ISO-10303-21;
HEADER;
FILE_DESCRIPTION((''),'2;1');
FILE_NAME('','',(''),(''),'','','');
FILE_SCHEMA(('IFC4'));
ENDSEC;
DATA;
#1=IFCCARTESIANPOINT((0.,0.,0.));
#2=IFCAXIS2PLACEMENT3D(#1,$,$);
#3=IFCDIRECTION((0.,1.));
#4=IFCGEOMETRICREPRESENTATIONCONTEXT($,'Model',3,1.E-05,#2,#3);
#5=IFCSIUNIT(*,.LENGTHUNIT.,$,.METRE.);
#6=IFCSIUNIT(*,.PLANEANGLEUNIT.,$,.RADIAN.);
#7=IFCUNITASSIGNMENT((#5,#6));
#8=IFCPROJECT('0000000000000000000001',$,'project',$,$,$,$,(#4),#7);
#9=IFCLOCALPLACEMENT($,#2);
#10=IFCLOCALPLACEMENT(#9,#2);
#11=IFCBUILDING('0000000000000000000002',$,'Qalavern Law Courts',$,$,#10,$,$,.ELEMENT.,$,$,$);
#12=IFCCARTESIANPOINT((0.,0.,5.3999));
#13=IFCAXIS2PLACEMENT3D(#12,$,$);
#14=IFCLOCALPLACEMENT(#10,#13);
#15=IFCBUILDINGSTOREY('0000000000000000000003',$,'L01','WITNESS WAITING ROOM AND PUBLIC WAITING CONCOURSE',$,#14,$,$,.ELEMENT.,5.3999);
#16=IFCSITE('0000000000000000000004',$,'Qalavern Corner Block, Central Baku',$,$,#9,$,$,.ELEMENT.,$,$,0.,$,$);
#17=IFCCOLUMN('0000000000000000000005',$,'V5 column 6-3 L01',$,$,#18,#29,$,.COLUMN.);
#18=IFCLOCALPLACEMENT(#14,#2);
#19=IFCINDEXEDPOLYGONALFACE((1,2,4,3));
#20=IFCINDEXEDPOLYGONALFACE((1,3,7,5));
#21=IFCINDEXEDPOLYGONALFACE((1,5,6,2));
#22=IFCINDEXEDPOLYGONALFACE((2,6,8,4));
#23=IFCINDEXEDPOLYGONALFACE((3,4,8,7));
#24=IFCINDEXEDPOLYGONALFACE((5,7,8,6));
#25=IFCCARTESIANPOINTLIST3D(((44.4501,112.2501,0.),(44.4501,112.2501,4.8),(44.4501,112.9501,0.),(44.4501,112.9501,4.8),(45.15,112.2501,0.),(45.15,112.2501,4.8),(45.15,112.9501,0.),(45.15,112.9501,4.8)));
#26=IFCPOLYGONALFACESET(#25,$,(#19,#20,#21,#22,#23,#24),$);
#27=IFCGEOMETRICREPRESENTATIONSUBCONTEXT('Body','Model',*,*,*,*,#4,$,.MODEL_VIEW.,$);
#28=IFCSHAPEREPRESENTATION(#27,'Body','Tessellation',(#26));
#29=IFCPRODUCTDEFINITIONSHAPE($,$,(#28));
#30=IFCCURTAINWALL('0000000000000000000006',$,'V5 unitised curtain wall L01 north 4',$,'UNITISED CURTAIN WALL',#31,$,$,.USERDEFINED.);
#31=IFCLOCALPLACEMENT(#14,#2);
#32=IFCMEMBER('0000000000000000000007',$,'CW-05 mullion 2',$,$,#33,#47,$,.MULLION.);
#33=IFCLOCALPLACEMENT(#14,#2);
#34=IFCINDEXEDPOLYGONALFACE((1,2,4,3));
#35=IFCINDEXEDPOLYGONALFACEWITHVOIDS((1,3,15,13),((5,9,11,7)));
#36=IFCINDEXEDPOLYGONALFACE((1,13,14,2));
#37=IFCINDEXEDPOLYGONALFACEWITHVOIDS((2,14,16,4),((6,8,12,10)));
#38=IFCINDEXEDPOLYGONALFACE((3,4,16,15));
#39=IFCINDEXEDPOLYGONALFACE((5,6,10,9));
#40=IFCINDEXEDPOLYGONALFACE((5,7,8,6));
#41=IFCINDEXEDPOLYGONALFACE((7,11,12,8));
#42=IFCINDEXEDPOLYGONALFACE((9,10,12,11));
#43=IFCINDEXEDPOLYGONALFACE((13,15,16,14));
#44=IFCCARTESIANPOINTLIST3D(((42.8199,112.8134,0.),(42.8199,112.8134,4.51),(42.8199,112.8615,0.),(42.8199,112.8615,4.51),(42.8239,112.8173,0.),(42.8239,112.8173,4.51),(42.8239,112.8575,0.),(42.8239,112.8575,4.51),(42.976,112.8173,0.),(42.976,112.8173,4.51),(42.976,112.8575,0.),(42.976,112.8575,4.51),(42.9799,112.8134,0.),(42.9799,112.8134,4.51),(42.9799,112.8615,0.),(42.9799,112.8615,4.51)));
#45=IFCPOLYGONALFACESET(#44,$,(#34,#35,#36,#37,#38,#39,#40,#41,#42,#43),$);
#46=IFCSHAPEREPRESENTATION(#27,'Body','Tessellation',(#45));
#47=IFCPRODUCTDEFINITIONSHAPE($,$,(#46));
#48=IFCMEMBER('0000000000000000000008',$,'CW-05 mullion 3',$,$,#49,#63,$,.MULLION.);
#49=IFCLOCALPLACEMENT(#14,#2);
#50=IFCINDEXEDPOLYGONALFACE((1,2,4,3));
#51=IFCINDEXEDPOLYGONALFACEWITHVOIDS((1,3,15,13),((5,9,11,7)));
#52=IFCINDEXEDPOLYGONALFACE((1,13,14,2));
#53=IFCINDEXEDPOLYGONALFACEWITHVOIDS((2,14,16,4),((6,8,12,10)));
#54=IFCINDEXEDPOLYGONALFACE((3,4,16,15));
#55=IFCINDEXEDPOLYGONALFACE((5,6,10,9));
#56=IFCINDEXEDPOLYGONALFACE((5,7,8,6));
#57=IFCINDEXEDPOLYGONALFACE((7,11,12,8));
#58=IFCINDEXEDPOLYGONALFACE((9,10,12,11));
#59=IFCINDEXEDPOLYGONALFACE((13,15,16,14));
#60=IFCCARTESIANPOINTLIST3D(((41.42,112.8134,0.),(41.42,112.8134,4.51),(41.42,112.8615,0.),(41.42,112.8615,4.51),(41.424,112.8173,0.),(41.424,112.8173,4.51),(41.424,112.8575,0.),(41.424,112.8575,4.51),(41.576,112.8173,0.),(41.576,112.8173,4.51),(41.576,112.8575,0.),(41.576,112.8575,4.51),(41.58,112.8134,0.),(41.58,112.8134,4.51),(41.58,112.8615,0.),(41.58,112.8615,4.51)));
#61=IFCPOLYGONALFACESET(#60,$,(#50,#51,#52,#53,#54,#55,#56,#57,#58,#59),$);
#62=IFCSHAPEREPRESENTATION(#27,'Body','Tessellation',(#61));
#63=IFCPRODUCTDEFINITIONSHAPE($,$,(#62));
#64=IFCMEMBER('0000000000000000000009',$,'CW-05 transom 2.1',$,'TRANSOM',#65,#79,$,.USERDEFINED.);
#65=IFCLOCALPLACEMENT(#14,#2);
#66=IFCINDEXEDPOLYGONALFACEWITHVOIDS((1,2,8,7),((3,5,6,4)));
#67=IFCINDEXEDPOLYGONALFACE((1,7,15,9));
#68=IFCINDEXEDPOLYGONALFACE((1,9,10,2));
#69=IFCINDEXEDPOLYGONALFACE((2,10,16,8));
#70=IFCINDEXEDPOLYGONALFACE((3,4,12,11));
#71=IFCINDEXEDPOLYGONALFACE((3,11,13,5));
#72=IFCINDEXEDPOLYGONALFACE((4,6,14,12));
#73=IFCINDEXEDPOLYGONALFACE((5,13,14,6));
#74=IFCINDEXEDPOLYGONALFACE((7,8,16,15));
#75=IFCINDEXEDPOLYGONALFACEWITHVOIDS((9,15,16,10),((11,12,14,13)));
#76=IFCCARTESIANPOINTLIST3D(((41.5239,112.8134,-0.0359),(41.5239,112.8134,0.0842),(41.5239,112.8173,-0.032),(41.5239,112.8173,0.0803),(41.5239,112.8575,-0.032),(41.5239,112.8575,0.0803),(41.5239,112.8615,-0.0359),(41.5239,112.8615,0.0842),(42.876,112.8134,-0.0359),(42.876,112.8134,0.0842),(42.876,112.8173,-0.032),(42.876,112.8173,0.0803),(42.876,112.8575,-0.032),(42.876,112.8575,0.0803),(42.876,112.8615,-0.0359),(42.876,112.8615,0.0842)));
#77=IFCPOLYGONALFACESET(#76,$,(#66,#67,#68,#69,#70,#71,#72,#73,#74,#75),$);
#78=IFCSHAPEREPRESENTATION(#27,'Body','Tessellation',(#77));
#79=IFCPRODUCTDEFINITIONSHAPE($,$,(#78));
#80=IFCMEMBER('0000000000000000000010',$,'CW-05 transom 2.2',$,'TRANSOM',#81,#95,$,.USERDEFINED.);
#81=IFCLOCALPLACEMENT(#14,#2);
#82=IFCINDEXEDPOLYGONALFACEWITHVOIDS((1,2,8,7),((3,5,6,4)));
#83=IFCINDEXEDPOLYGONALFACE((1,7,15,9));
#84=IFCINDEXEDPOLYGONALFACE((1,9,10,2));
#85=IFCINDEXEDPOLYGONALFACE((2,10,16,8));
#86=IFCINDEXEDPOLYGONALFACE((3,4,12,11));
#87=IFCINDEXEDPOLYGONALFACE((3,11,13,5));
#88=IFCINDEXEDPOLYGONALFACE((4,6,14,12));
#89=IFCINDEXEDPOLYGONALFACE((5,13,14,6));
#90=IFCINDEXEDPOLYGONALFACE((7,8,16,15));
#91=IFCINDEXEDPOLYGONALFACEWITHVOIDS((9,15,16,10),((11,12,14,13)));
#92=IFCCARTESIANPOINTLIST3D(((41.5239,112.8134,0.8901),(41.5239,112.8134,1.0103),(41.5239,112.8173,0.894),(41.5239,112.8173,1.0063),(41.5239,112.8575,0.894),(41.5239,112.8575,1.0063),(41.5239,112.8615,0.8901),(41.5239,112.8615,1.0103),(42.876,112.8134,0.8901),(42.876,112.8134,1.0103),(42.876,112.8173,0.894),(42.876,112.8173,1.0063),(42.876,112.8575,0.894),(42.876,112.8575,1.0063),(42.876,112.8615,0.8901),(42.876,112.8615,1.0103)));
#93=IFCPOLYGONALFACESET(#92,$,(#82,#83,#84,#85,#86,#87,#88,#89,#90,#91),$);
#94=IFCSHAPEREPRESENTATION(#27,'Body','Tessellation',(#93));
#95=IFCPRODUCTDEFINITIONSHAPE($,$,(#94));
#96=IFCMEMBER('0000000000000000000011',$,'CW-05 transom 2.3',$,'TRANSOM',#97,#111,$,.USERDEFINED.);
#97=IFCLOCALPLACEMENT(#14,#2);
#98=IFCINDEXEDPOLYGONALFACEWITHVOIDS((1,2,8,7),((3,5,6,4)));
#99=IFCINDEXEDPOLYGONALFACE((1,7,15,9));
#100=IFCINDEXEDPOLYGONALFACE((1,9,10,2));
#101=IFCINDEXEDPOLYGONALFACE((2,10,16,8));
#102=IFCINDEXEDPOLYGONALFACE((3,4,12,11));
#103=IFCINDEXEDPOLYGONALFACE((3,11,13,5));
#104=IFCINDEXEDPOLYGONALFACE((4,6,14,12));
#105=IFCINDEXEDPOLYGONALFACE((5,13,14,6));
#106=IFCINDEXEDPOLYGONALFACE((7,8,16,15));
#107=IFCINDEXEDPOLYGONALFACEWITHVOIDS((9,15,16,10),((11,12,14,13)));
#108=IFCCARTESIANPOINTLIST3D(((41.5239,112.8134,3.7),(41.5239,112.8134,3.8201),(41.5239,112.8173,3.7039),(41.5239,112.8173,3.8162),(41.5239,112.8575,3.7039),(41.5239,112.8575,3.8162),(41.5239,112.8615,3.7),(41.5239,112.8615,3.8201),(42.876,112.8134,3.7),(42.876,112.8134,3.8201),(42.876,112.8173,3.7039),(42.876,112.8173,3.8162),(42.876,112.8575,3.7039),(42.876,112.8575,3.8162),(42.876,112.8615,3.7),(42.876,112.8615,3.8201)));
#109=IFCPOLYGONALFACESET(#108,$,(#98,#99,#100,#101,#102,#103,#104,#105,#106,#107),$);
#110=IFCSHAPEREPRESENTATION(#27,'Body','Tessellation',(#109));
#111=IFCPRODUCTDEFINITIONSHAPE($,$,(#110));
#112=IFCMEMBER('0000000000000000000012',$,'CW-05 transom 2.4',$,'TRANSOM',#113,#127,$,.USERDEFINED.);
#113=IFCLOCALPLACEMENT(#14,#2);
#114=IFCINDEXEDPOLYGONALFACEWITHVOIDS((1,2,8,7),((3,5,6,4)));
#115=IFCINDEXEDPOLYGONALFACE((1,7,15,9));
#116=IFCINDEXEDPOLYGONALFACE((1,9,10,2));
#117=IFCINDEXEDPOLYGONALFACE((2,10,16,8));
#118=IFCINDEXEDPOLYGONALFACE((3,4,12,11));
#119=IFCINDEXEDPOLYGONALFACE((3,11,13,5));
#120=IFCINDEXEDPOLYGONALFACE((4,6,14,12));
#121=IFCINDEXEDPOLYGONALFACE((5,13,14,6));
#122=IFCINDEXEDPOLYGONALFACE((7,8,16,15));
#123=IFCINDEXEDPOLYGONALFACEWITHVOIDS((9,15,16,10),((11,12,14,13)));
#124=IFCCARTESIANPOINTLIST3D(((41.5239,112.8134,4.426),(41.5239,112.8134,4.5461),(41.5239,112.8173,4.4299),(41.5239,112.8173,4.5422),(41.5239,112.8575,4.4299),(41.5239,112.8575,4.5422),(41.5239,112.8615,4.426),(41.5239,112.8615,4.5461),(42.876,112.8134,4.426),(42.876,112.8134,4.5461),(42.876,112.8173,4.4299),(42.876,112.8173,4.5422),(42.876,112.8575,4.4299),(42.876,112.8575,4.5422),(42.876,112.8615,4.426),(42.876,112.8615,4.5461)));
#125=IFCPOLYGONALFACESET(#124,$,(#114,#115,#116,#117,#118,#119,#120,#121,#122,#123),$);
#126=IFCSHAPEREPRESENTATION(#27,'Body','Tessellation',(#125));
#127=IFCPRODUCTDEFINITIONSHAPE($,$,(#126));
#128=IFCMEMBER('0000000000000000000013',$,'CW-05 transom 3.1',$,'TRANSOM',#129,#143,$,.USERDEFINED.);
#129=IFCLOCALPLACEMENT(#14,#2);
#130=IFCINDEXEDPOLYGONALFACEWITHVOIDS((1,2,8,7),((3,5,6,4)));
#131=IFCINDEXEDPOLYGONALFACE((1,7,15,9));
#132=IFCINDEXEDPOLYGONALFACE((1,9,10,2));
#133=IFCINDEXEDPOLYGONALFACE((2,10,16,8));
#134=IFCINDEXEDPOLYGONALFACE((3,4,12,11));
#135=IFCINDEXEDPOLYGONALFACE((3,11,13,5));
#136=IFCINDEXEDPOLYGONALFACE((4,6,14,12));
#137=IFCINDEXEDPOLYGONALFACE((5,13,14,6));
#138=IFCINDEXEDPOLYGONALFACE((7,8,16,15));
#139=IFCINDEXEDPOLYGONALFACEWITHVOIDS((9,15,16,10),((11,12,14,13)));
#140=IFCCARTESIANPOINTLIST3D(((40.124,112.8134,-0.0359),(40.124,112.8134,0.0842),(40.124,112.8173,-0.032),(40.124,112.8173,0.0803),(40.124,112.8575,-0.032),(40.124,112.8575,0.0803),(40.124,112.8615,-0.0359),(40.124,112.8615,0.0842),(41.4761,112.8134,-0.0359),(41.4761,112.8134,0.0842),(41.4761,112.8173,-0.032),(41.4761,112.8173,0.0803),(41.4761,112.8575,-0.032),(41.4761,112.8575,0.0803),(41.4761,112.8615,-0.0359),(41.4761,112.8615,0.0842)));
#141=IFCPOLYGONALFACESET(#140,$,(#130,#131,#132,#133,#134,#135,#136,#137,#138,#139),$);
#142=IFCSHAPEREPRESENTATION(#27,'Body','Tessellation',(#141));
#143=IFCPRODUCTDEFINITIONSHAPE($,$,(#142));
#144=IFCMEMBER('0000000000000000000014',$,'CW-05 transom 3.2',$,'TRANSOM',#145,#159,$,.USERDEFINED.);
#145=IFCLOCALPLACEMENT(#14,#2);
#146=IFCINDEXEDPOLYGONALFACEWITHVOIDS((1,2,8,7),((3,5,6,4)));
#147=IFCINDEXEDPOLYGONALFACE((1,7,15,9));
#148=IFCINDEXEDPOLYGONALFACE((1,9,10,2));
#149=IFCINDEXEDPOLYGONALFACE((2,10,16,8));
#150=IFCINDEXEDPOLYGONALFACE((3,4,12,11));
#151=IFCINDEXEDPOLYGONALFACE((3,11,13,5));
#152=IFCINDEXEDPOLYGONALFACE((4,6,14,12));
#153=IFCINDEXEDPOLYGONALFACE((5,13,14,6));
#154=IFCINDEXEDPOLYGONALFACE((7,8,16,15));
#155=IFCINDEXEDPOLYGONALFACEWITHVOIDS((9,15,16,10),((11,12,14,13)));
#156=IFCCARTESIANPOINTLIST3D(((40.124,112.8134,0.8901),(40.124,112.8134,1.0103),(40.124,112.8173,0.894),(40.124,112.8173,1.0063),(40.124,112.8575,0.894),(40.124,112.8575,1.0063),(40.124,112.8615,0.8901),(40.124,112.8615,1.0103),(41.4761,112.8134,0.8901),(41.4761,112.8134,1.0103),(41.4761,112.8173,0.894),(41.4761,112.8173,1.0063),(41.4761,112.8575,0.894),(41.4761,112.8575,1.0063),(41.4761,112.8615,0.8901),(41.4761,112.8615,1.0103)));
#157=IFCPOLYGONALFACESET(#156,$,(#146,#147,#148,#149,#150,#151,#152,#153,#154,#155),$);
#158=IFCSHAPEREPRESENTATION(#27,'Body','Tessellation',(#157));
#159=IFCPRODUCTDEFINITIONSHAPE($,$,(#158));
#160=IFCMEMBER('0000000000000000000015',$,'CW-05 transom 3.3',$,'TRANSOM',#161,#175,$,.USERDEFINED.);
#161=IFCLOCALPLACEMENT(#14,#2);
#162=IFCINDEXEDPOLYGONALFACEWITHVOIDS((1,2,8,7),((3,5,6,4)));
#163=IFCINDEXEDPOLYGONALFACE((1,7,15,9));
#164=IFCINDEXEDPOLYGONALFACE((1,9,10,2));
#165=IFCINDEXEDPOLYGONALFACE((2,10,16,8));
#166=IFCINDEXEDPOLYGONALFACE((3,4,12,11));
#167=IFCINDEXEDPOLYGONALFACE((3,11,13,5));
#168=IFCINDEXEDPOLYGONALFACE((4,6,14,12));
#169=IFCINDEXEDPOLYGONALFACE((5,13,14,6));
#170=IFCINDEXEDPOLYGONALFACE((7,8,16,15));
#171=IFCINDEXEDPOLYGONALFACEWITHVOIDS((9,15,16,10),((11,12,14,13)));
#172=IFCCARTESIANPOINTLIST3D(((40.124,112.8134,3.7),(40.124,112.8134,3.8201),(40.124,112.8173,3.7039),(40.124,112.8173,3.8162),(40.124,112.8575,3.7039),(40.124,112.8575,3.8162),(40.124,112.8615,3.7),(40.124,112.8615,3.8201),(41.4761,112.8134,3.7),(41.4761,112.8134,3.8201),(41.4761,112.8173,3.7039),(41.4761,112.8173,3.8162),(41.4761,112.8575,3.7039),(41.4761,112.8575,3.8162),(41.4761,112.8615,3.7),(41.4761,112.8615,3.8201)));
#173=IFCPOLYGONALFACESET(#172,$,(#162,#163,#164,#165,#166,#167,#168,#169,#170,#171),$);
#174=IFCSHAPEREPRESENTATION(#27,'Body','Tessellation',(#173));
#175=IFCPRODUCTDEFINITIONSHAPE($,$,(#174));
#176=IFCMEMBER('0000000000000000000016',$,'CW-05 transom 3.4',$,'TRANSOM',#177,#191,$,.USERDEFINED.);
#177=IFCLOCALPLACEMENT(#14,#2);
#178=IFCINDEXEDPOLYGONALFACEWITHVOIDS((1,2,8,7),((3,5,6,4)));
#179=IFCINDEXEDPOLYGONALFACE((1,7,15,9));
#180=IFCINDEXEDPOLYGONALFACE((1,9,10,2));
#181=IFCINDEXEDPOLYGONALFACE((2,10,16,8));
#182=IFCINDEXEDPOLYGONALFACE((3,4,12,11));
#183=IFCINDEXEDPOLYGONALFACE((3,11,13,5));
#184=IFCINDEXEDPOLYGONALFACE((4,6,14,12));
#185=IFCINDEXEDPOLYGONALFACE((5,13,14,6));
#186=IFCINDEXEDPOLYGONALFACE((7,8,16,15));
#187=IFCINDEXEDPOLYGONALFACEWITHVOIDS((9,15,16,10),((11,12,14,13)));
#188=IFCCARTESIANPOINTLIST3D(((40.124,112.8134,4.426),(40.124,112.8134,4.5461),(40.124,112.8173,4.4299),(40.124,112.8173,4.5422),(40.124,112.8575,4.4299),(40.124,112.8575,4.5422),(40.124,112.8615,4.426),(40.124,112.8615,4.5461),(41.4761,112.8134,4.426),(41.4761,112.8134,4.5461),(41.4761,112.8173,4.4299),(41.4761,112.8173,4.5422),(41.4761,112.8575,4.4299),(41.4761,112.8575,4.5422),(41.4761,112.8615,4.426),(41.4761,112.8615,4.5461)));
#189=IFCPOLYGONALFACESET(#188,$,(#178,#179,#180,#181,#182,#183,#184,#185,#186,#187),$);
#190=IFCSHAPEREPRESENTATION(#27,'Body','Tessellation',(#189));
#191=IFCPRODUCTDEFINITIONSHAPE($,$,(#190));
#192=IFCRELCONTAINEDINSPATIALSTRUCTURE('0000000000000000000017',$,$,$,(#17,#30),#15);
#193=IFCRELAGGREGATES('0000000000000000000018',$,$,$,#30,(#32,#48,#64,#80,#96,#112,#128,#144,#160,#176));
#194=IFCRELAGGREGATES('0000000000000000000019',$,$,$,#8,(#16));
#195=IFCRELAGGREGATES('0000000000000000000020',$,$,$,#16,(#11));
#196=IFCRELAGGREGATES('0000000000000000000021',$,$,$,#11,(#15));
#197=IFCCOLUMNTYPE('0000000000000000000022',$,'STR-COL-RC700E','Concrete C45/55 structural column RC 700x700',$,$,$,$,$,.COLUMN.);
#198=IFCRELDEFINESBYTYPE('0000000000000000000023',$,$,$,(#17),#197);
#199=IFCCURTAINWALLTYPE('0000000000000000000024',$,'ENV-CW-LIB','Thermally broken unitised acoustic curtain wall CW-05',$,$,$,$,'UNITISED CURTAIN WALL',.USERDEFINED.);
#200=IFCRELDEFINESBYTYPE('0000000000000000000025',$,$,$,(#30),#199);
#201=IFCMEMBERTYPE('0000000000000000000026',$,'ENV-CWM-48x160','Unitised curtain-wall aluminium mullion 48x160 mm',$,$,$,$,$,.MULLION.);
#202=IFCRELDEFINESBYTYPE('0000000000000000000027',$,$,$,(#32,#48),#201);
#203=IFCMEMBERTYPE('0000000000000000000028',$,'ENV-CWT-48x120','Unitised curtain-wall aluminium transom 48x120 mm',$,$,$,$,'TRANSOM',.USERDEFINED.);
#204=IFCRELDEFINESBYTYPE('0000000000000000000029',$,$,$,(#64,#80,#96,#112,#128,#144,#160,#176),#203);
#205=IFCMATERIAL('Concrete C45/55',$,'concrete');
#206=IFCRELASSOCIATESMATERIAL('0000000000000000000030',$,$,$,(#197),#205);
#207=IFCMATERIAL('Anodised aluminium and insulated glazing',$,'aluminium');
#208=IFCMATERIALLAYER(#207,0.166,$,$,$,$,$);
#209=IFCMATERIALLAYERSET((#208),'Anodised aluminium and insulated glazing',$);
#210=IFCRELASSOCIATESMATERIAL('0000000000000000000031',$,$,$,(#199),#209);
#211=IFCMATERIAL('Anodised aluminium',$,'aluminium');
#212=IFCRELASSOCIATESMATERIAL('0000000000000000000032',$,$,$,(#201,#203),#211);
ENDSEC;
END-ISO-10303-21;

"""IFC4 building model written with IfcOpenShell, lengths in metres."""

from ifc_helpers import new_model, si_unit, direction, frame, origin, origin_2d, place, context, subcontext, project, spatial, rectangle, hollow_rectangle, extrude, material, layer, layer_set, material_profile, profile_set, type_object, element, aggregate, save


model = new_model("IFC4")

# Units and contexts
model_context = context("Model", 3, precision=1e-05, world=origin(), true_north=direction((0.0, 1.0)))
body_context = subcontext(model_context, "Body", "Model", "MODEL_VIEW")
ifc_project = project(units=[si_unit("LENGTHUNIT", "METRE"), si_unit("PLANEANGLEUNIT", "RADIAN")], contexts=[model_context])

# Site, building, storey
site_placement = place(None, origin())
site = spatial("IfcSite", under=ifc_project, at=site_placement, Name="Qalavern Corner Block, Central Baku", CompositionType="ELEMENT", RefElevation=0.0)
building_placement = place(site_placement, origin())
building = spatial("IfcBuilding", under=site, at=building_placement, Name="Qalavern Law Courts", CompositionType="ELEMENT")
storey_placement = place(building_placement, frame((0.0, 0.0, 5.3999)))
storey = spatial("IfcBuildingStorey", under=building, at=storey_placement, Name="L01", Description="WITNESS WAITING ROOM AND PUBLIC WAITING CONCOURSE", CompositionType="ELEMENT", Elevation=5.3999)

# Column
ifc_material_1 = material(Name="Concrete C45/55", Category="concrete")
ifc_material_profile_1 = material_profile(ifc_material_1, rectangle(XDim=0.7, YDim=0.7, at=origin_2d()), Name="RC 700x700")
ifc_profile_set_1 = profile_set([ifc_material_profile_1], Name="Concrete C45/55")
column_type = type_object("IfcColumnType", Name="STR-COL-RC700E", Description="Concrete C45/55 structural column RC 700x700", PredefinedType="COLUMN", material=ifc_profile_set_1)
column_placement = place(storey_placement, frame((44.8, 112.6001, 0.0), z_axis=(0.0, 0.0, 1.0), x_axis=(1.0, 0.0, 0.0)))
element("IfcColumn", 1, at=column_placement, inside=storey, type_object=column_type, Name="V5 column 6-3 L01", PredefinedType="COLUMN", context=body_context, shape_type="SweptSolid", body=[
    extrude(rectangle(XDim=0.7, YDim=0.7, at=origin_2d()), origin(), (0.0, 0.0, 1.0), 4.8),
])

# Curtain wall, members
ifc_material_2 = material(Name="Anodised aluminium and insulated glazing", Category="aluminium")
ifc_layer_1 = layer(ifc_material_2, 0.166)
ifc_layer_set_1 = layer_set([ifc_layer_1], Name="Anodised aluminium and insulated glazing")
curtain_wall_type = type_object("IfcCurtainWallType", Name="ENV-CW-LIB", Description="Thermally broken unitised acoustic curtain wall CW-05", ElementType="UNITISED CURTAIN WALL", PredefinedType="USERDEFINED", material=ifc_layer_set_1)
curtain_wall_placement = place(storey_placement, origin())
curtain_wall = element("IfcCurtainWall", 2, at=curtain_wall_placement, inside=storey, type_object=curtain_wall_type, Name="V5 unitised curtain wall L01 north 4", ObjectType="UNITISED CURTAIN WALL", PredefinedType="USERDEFINED")
ifc_material_3 = material(Name="Anodised aluminium", Category="aluminium")
ifc_material_profile_2 = material_profile(ifc_material_3, hollow_rectangle(XDim=0.0481, YDim=0.1599, WallThickness=0.0039, at=origin_2d()), Name="ALU MULLION 48x160")
ifc_profile_set_2 = profile_set([ifc_material_profile_2], Name="Anodised aluminium")
member_type_1 = type_object("IfcMemberType", Name="ENV-CWM-48x160", Description="Unitised curtain-wall aluminium mullion 48x160 mm", PredefinedType="MULLION", material=ifc_profile_set_2)
member_1_placement = place(storey_placement, frame((42.8999, 112.8374, 0.0), z_axis=(0.0, 0.0, 1.0), x_axis=(0.0, -1.0, 0.0)))
member_1 = element("IfcMember", 3, at=member_1_placement, type_object=member_type_1, Name="CW-05 mullion 2", PredefinedType="MULLION", context=body_context, shape_type="SweptSolid", body=[
    extrude(hollow_rectangle(XDim=0.0481, YDim=0.1599, WallThickness=0.0039, at=origin_2d()), origin(), (0.0, 0.0, 1.0), 4.51),
])
member_2_placement = place(storey_placement, frame((41.5, 112.8374, 0.0), z_axis=(0.0, 0.0, 1.0), x_axis=(0.0, -1.0, 0.0)))
member_2 = element("IfcMember", 4, at=member_2_placement, type_object=member_type_1, Name="CW-05 mullion 3", PredefinedType="MULLION", context=body_context, shape_type="SweptSolid", body=[
    extrude(hollow_rectangle(XDim=0.0481, YDim=0.1599, WallThickness=0.0039, at=origin_2d()), origin(), (0.0, 0.0, 1.0), 4.51),
])
ifc_material_profile_3 = material_profile(ifc_material_3, hollow_rectangle(XDim=0.0481, YDim=0.1201, WallThickness=0.0039, at=origin_2d()), Name="ALU TRANSOM 48x120")
ifc_profile_set_3 = profile_set([ifc_material_profile_3], Name="Anodised aluminium")
member_type_2 = type_object("IfcMemberType", Name="ENV-CWT-48x120", Description="Unitised curtain-wall aluminium transom 48x120 mm", ElementType="TRANSOM", PredefinedType="USERDEFINED", material=ifc_profile_set_3)
member_3_placement = place(storey_placement, frame((42.876, 112.8374, 0.0242), z_axis=(-1.0, 0.0, 0.0), x_axis=(0.0, -1.0, 0.0)))
member_3 = element("IfcMember", 5, at=member_3_placement, type_object=member_type_2, Name="CW-05 transom 2.1", ObjectType="TRANSOM", PredefinedType="USERDEFINED", context=body_context, shape_type="SweptSolid", body=[
    extrude(hollow_rectangle(XDim=0.0481, YDim=0.1201, WallThickness=0.0039, at=origin_2d()), origin(), (0.0, 0.0, 1.0), 1.3521),
])
member_4_placement = place(storey_placement, frame((42.876, 112.8374, 0.9502), z_axis=(-1.0, 0.0, 0.0), x_axis=(0.0, -1.0, 0.0)))
member_4 = element("IfcMember", 6, at=member_4_placement, type_object=member_type_2, Name="CW-05 transom 2.2", ObjectType="TRANSOM", PredefinedType="USERDEFINED", context=body_context, shape_type="SweptSolid", body=[
    extrude(hollow_rectangle(XDim=0.0481, YDim=0.1201, WallThickness=0.0039, at=origin_2d()), origin(), (0.0, 0.0, 1.0), 1.3521),
])
member_5_placement = place(storey_placement, frame((42.876, 112.8374, 3.76), z_axis=(-1.0, 0.0, 0.0), x_axis=(0.0, -1.0, 0.0)))
member_5 = element("IfcMember", 7, at=member_5_placement, type_object=member_type_2, Name="CW-05 transom 2.3", ObjectType="TRANSOM", PredefinedType="USERDEFINED", context=body_context, shape_type="SweptSolid", body=[
    extrude(hollow_rectangle(XDim=0.0481, YDim=0.1201, WallThickness=0.0039, at=origin_2d()), origin(), (0.0, 0.0, 1.0), 1.3521),
])
member_6_placement = place(storey_placement, frame((42.876, 112.8374, 4.4861), z_axis=(-1.0, 0.0, 0.0), x_axis=(0.0, -1.0, 0.0)))
member_6 = element("IfcMember", 8, at=member_6_placement, type_object=member_type_2, Name="CW-05 transom 2.4", ObjectType="TRANSOM", PredefinedType="USERDEFINED", context=body_context, shape_type="SweptSolid", body=[
    extrude(hollow_rectangle(XDim=0.0481, YDim=0.1201, WallThickness=0.0039, at=origin_2d()), origin(), (0.0, 0.0, 1.0), 1.3521),
])
member_7_placement = place(storey_placement, frame((41.4761, 112.8374, 0.0242), z_axis=(-1.0, 0.0, 0.0), x_axis=(0.0, -1.0, 0.0)))
member_7 = element("IfcMember", 9, at=member_7_placement, type_object=member_type_2, Name="CW-05 transom 3.1", ObjectType="TRANSOM", PredefinedType="USERDEFINED", context=body_context, shape_type="SweptSolid", body=[
    extrude(hollow_rectangle(XDim=0.0481, YDim=0.1201, WallThickness=0.0039, at=origin_2d()), origin(), (0.0, 0.0, 1.0), 1.3521),
])
member_8_placement = place(storey_placement, frame((41.4761, 112.8374, 0.9502), z_axis=(-1.0, 0.0, 0.0), x_axis=(0.0, -1.0, 0.0)))
member_8 = element("IfcMember", 10, at=member_8_placement, type_object=member_type_2, Name="CW-05 transom 3.2", ObjectType="TRANSOM", PredefinedType="USERDEFINED", context=body_context, shape_type="SweptSolid", body=[
    extrude(hollow_rectangle(XDim=0.0481, YDim=0.1201, WallThickness=0.0039, at=origin_2d()), origin(), (0.0, 0.0, 1.0), 1.3521),
])
member_9_placement = place(storey_placement, frame((41.4761, 112.8374, 3.76), z_axis=(-1.0, 0.0, 0.0), x_axis=(0.0, -1.0, 0.0)))
member_9 = element("IfcMember", 11, at=member_9_placement, type_object=member_type_2, Name="CW-05 transom 3.3", ObjectType="TRANSOM", PredefinedType="USERDEFINED", context=body_context, shape_type="SweptSolid", body=[
    extrude(hollow_rectangle(XDim=0.0481, YDim=0.1201, WallThickness=0.0039, at=origin_2d()), origin(), (0.0, 0.0, 1.0), 1.3521),
])
member_10_placement = place(storey_placement, frame((41.4761, 112.8374, 4.4861), z_axis=(-1.0, 0.0, 0.0), x_axis=(0.0, -1.0, 0.0)))
member_10 = element("IfcMember", 12, at=member_10_placement, type_object=member_type_2, Name="CW-05 transom 3.4", ObjectType="TRANSOM", PredefinedType="USERDEFINED", context=body_context, shape_type="SweptSolid", body=[
    extrude(hollow_rectangle(XDim=0.0481, YDim=0.1201, WallThickness=0.0039, at=origin_2d()), origin(), (0.0, 0.0, 1.0), 1.3521),
])

aggregate(curtain_wall, [member_1, member_2, member_3, member_4, member_5, member_6, member_7, member_8, member_9, member_10])

save(model, "model.ifc")
